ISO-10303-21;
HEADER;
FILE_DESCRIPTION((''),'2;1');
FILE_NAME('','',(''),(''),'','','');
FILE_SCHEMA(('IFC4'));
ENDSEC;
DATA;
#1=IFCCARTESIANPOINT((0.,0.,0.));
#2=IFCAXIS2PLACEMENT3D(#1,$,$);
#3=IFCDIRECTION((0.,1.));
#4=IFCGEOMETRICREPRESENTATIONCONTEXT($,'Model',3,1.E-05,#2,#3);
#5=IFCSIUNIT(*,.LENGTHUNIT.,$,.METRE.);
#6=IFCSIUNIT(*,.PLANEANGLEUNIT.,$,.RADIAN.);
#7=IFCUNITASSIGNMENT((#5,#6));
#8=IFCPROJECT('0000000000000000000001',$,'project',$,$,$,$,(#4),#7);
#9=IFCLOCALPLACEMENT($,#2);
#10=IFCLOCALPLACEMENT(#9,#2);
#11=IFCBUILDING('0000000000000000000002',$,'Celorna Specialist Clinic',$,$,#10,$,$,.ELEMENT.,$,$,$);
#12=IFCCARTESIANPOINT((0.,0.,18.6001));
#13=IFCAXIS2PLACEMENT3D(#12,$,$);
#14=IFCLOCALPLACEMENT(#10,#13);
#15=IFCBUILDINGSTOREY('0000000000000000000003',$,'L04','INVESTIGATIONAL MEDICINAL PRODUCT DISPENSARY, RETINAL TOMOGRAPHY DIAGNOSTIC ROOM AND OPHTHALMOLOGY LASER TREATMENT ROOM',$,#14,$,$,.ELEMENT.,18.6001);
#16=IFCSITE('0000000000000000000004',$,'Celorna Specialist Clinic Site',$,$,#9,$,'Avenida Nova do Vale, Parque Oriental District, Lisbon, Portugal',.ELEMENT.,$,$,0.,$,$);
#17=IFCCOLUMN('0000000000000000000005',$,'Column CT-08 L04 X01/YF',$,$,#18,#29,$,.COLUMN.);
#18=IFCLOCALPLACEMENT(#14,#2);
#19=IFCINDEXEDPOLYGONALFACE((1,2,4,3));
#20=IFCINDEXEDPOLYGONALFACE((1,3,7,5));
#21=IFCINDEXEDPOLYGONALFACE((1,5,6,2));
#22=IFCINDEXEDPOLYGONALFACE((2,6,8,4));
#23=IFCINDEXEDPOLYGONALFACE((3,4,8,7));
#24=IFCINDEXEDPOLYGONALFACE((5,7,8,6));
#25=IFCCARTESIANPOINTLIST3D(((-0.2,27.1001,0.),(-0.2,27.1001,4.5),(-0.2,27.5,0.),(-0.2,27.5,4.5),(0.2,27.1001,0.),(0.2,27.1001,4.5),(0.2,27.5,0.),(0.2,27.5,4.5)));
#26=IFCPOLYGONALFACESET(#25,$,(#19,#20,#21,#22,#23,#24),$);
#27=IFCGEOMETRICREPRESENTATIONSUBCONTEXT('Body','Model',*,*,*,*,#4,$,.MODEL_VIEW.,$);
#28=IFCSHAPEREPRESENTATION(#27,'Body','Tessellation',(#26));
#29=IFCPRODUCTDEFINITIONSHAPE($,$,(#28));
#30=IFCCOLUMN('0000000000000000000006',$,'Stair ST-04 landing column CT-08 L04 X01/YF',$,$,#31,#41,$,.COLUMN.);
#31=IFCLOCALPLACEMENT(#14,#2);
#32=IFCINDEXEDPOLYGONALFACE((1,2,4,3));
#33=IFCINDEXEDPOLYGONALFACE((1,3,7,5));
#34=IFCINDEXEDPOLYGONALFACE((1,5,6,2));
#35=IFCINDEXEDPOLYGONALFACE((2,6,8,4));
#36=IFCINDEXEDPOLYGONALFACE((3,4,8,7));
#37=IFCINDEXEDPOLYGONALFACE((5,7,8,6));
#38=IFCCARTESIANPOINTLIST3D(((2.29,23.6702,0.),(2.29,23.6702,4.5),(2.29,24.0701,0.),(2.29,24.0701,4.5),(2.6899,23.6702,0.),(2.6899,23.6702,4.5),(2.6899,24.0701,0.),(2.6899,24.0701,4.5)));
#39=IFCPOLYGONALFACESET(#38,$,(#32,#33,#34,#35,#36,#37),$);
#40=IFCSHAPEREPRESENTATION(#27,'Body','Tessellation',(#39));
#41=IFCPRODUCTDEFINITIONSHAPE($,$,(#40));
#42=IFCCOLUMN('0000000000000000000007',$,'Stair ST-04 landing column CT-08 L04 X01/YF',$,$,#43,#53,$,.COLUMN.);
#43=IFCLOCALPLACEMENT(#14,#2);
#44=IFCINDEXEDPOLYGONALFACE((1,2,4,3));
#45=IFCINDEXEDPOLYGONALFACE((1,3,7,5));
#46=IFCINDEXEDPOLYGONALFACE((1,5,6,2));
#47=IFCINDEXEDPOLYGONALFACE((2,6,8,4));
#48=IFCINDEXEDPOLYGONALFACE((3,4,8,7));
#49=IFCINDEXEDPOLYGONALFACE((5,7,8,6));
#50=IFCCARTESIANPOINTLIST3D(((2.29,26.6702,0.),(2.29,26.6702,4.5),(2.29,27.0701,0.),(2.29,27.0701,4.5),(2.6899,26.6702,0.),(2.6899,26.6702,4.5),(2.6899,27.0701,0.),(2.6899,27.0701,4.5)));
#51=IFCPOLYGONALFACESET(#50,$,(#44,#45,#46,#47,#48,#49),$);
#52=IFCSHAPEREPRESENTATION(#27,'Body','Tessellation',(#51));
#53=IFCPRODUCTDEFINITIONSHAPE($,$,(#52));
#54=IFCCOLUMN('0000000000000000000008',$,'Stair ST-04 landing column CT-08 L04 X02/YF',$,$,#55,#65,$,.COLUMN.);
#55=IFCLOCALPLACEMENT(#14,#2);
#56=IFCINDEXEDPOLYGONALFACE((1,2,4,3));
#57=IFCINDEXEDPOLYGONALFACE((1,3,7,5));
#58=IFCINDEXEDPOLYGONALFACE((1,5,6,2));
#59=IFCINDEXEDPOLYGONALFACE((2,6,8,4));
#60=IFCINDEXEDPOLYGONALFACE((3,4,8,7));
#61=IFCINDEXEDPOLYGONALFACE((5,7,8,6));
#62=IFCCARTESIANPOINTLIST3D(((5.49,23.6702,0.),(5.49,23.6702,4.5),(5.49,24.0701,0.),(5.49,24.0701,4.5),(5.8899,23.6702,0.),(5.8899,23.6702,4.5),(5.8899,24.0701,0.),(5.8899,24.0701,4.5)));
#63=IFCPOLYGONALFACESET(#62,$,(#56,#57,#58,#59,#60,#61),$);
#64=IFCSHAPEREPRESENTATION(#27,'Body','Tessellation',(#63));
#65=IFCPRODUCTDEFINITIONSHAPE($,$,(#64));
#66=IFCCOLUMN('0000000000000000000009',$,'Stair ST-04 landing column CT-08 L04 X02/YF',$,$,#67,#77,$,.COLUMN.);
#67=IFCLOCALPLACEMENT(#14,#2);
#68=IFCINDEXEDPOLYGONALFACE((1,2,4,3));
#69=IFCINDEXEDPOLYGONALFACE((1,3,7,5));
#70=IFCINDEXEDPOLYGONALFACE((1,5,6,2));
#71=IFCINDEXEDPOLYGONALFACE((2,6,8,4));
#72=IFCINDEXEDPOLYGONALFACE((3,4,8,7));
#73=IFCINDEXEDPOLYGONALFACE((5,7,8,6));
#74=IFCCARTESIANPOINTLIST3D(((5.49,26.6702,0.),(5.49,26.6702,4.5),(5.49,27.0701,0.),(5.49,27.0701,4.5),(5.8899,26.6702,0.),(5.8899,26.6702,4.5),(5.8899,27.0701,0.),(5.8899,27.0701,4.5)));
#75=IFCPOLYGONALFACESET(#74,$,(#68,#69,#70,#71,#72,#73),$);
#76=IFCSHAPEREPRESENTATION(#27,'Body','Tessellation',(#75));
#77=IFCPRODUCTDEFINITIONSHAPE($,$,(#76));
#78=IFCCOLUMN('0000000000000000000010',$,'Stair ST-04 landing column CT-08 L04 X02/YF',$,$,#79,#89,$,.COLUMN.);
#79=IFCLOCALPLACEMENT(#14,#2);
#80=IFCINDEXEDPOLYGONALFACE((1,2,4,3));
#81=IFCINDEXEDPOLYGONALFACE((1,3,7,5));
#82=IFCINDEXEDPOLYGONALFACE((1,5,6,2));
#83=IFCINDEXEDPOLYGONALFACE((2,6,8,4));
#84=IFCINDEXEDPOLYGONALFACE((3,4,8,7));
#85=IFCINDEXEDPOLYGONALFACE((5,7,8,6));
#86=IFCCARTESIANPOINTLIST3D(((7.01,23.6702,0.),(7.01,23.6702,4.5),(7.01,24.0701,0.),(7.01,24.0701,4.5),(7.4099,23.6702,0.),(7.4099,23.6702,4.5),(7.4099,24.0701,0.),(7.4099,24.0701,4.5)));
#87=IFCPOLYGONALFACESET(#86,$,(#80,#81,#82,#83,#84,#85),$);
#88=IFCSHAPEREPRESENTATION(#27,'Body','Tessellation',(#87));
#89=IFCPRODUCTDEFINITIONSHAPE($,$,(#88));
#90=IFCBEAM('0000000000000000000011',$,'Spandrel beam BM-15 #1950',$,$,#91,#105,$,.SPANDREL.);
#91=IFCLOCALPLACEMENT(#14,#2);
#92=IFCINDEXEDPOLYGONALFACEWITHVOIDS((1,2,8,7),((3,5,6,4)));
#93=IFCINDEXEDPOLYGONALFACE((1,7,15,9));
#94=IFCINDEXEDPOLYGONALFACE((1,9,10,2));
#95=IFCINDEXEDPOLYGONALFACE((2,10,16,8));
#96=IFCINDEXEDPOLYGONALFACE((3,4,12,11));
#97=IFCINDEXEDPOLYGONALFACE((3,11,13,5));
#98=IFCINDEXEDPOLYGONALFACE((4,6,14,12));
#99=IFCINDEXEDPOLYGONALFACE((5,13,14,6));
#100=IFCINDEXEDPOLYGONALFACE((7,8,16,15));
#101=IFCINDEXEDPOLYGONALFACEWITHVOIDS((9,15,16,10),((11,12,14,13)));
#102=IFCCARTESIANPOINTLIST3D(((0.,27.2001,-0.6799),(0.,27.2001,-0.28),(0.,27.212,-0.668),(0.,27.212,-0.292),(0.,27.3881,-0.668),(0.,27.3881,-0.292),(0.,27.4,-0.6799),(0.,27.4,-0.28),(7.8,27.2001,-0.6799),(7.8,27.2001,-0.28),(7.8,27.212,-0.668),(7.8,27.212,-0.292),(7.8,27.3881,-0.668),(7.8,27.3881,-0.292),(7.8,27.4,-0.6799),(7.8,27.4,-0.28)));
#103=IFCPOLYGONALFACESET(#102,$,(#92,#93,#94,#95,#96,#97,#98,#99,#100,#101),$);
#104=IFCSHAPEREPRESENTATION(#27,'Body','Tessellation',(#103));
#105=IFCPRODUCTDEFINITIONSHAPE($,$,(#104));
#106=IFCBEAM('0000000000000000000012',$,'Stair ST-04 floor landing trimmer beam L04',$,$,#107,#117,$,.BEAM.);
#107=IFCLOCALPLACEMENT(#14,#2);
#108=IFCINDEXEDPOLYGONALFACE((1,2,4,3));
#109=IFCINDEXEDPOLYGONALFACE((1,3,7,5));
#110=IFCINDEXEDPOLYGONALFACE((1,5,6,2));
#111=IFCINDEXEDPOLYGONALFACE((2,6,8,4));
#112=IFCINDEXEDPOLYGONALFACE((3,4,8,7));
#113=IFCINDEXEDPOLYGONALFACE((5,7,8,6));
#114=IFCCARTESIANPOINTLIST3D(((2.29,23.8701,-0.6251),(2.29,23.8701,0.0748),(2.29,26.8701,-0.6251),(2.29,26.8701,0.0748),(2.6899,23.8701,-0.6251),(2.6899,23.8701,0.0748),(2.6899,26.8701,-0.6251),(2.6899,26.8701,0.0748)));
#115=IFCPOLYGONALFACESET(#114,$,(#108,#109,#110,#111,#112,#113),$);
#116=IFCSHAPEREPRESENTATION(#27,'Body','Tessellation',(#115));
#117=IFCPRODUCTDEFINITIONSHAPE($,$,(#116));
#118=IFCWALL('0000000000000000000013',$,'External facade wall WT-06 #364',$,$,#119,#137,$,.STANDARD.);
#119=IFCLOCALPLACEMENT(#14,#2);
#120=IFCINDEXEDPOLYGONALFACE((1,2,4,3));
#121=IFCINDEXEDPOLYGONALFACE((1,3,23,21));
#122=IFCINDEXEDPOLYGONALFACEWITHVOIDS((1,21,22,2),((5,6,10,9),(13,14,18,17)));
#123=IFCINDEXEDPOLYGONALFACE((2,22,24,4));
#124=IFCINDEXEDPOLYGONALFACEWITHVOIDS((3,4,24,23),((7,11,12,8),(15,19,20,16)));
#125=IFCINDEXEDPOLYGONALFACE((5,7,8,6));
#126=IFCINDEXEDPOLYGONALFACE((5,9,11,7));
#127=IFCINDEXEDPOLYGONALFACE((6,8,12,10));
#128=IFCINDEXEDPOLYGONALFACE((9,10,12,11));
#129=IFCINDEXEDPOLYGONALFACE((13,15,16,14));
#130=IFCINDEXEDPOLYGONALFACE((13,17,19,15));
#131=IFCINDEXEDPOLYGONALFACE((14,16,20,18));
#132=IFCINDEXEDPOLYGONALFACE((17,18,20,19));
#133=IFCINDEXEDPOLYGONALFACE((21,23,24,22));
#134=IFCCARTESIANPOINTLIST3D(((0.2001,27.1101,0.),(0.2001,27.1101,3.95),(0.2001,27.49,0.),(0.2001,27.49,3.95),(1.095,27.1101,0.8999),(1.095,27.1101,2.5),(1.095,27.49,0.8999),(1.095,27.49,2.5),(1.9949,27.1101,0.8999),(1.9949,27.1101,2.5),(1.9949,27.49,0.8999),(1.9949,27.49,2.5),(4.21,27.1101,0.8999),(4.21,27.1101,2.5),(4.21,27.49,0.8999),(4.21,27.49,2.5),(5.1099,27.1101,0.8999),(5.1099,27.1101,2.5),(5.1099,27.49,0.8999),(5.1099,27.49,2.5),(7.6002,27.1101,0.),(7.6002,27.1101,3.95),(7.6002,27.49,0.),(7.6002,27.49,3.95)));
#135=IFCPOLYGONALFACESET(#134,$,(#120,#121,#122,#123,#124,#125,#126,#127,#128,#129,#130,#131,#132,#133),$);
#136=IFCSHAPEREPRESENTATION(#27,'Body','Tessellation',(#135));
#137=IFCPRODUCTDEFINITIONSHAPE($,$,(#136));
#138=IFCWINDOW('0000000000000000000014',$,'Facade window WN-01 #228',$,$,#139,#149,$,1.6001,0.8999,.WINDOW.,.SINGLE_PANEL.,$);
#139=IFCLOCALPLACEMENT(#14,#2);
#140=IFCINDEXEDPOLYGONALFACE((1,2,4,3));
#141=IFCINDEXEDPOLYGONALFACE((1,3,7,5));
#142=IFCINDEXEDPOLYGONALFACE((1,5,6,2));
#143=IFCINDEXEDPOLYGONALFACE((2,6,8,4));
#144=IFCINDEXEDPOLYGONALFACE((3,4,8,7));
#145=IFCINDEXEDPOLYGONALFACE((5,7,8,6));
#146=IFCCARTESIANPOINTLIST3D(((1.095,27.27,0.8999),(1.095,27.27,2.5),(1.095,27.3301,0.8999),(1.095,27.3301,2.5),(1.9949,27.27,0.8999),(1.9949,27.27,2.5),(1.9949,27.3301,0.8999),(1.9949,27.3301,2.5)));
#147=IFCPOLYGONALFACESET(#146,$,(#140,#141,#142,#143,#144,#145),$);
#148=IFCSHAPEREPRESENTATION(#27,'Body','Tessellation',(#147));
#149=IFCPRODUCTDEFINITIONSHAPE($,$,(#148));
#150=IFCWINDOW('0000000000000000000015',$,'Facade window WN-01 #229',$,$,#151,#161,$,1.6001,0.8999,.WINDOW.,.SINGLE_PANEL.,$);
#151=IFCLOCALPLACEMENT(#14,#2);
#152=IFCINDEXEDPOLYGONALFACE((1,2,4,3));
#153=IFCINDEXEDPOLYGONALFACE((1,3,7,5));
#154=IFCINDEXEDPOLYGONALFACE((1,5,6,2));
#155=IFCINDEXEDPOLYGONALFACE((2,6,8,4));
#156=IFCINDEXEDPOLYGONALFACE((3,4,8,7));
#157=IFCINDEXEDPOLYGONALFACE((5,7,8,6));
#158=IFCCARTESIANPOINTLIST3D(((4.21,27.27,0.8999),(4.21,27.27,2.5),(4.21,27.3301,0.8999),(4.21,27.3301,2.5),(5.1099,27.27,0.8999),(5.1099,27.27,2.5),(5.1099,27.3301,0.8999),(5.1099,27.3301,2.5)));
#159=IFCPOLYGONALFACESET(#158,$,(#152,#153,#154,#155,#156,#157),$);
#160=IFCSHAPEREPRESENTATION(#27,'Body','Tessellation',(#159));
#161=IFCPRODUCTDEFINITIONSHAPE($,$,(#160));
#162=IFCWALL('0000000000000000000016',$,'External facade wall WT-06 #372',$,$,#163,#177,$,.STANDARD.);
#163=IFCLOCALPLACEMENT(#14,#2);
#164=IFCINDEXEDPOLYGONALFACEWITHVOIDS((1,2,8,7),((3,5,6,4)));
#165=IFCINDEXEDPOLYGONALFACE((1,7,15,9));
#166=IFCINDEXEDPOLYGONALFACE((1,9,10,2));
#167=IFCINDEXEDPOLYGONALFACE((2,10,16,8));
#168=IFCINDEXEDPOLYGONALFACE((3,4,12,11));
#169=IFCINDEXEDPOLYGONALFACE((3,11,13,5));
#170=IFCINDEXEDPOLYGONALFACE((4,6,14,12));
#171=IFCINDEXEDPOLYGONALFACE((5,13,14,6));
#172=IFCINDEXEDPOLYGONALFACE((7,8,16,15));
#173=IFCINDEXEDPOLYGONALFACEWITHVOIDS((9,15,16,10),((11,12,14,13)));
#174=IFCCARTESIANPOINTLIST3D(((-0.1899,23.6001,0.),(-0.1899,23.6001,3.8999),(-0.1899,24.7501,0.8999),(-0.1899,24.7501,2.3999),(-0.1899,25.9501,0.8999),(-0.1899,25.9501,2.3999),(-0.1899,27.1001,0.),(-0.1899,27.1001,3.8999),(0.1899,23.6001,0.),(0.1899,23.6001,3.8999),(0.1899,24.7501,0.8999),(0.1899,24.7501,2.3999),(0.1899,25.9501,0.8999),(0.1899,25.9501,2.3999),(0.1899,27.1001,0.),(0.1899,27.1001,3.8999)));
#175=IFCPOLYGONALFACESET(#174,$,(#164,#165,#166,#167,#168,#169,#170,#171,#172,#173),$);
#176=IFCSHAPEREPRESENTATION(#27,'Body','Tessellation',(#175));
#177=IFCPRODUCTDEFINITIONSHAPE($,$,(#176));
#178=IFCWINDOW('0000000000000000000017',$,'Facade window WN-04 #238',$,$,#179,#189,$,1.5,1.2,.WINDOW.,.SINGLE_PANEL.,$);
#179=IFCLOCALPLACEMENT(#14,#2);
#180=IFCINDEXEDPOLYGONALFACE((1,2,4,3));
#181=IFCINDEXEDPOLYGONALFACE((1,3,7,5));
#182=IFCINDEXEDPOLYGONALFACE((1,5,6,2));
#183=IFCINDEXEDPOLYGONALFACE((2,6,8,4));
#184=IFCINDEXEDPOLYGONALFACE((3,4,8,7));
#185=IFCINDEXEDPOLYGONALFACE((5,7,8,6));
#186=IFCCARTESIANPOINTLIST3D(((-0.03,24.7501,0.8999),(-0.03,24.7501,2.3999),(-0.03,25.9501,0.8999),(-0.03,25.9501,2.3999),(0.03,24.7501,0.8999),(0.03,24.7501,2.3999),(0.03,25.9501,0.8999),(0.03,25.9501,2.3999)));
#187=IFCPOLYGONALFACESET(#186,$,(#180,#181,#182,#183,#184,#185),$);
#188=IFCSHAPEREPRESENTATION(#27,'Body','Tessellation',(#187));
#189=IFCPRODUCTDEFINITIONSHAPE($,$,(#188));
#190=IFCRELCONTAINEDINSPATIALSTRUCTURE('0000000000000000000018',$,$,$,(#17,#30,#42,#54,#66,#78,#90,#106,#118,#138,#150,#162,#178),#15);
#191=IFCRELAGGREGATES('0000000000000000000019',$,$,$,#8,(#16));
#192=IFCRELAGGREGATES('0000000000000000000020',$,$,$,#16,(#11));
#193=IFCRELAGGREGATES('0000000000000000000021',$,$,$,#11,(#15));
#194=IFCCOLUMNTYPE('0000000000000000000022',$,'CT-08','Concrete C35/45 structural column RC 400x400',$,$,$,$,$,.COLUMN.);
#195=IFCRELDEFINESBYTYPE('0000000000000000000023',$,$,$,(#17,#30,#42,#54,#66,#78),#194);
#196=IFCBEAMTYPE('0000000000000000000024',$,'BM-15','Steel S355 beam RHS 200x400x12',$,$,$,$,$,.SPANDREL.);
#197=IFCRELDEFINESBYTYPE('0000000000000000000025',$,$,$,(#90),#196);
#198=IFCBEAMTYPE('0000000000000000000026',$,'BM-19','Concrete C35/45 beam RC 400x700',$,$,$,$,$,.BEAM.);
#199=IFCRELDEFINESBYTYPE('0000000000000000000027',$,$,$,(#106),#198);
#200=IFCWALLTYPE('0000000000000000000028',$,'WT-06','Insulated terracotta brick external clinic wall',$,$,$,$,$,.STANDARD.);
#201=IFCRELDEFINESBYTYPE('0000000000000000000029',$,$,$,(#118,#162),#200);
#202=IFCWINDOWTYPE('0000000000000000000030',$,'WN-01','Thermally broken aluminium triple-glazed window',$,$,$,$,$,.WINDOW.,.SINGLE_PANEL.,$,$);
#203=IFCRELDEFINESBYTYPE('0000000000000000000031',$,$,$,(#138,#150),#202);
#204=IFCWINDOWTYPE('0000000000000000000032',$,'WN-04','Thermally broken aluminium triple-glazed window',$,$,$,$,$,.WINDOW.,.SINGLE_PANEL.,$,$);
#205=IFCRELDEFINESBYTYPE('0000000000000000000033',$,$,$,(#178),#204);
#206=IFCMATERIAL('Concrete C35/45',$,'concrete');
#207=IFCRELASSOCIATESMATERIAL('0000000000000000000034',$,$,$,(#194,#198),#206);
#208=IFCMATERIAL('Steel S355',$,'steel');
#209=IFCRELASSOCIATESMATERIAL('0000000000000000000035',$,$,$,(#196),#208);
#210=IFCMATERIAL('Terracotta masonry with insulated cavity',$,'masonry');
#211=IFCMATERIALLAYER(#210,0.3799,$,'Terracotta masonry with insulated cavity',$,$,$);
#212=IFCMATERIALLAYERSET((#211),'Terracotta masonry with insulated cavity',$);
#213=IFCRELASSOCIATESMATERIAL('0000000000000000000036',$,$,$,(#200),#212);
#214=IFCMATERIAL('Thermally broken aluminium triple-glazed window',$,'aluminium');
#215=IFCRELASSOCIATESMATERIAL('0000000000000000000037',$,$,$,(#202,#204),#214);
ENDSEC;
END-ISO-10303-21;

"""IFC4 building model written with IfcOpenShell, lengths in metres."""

from ifc_helpers import new_model, si_unit, direction, frame, frame_2d, origin, origin_2d, place, context, subcontext, project, spatial, rectangle, hollow_rectangle, extrude, material, layer, layer_set, material_profile, profile_set, type_object, element, fill, save


model = new_model("IFC4")

# Units and contexts
model_context = context("Model", 3, precision=1e-05, world=origin(), true_north=direction((0.0, 1.0)))
body_context = subcontext(model_context, "Body", "Model", "MODEL_VIEW")
ifc_project = project(units=[si_unit("LENGTHUNIT", "METRE"), si_unit("PLANEANGLEUNIT", "RADIAN")], contexts=[model_context])

# Site, building, storey
site_placement = place(None, origin())
site = spatial("IfcSite", under=ifc_project, at=site_placement, Name="Celorna Specialist Clinic Site", LongName="Avenida Nova do Vale, Parque Oriental District, Lisbon, Portugal", CompositionType="ELEMENT", RefElevation=0.0)
building_placement = place(site_placement, origin())
building = spatial("IfcBuilding", under=site, at=building_placement, Name="Celorna Specialist Clinic", CompositionType="ELEMENT")
storey_placement = place(building_placement, frame((0.0, 0.0, 18.6001)))
storey = spatial("IfcBuildingStorey", under=building, at=storey_placement, Name="L04", Description="INVESTIGATIONAL MEDICINAL PRODUCT DISPENSARY, RETINAL TOMOGRAPHY DIAGNOSTIC ROOM AND OPHTHALMOLOGY LASER TREATMENT ROOM", CompositionType="ELEMENT", Elevation=18.6001)

# Columns
ifc_material_1 = material(Name="Concrete C35/45", Category="concrete")
ifc_material_profile_1 = material_profile(ifc_material_1, rectangle(XDim=0.3999, YDim=0.3999, at=origin_2d()), Name="RC 400x400")
ifc_profile_set_1 = profile_set([ifc_material_profile_1], Name="Concrete C35/45")
column_type = type_object("IfcColumnType", Name="CT-08", Description="Concrete C35/45 structural column RC 400x400", PredefinedType="COLUMN", material=ifc_profile_set_1)
for number, where, z_axis, x_axis, name in (
    (1, (0.0, 27.3, 0.0), (0.0, 0.0, 1.0), (1.0, 0.0, 0.0), "Column CT-08 L04 X01/YF"),
    (2, (2.49, 23.8701, 0.0), (0.0, 0.0, 1.0), (1.0, 0.0, 0.0), "Stair ST-04 landing column CT-08 L04 X01/YF"),
    (3, (2.49, 26.8701, 0.0), (0.0, 0.0, 1.0), (1.0, 0.0, 0.0), "Stair ST-04 landing column CT-08 L04 X01/YF"),
    (4, (5.6899, 23.8701, 0.0), (0.0, 0.0, 1.0), (1.0, 0.0, 0.0), "Stair ST-04 landing column CT-08 L04 X02/YF"),
    (5, (5.6899, 26.8701, 0.0), (0.0, 0.0, 1.0), (1.0, 0.0, 0.0), "Stair ST-04 landing column CT-08 L04 X02/YF"),
    (6, (7.21, 23.8701, 0.0), (0.0, 0.0, 1.0), (1.0, 0.0, 0.0), "Stair ST-04 landing column CT-08 L04 X02/YF"),
):
    element("IfcColumn", number, at=place(storey_placement, frame(where, z_axis=z_axis, x_axis=x_axis)), inside=storey, type_object=column_type, Name=name, PredefinedType="COLUMN", context=body_context, shape_type="SweptSolid", body=[
        extrude(rectangle(XDim=0.3999, YDim=0.3999, at=origin_2d()), origin(), (0.0, 0.0, 1.0), 4.5),
    ])

# Beams
ifc_material_2 = material(Name="Steel S355", Category="steel")
ifc_material_profile_2 = material_profile(ifc_material_2, hollow_rectangle(XDim=0.2, YDim=0.3999, WallThickness=0.012, at=origin_2d()), Name="RHS 200x400x12")
ifc_profile_set_2 = profile_set([ifc_material_profile_2], Name="Steel S355")
beam_type_1 = type_object("IfcBeamType", Name="BM-15", Description="Steel S355 beam RHS 200x400x12", PredefinedType="SPANDREL", material=ifc_profile_set_2)
beam_1_placement = place(storey_placement, frame((0.0, 27.3, -0.48), z_axis=(1.0, 0.0, 0.0), x_axis=(0.0, 1.0, 0.0)))
element("IfcBeam", 7, at=beam_1_placement, inside=storey, type_object=beam_type_1, Name="Spandrel beam BM-15 #1950", PredefinedType="SPANDREL", context=body_context, shape_type="SweptSolid", body=[
    extrude(hollow_rectangle(XDim=0.2, YDim=0.3999, WallThickness=0.012, at=origin_2d()), origin(), (0.0, 0.0, 1.0), 7.8),
])
ifc_material_profile_3 = material_profile(ifc_material_1, rectangle(XDim=0.3999, YDim=0.7, at=origin_2d()), Name="RC 400x700")
ifc_profile_set_3 = profile_set([ifc_material_profile_3], Name="Concrete C35/45")
beam_type_2 = type_object("IfcBeamType", Name="BM-19", Description="Concrete C35/45 beam RC 400x700", PredefinedType="BEAM", material=ifc_profile_set_3)
beam_2_placement = place(storey_placement, frame((2.49, 23.8701, -0.2751), z_axis=(0.0, 1.0, 0.0), x_axis=(-1.0, 0.0, 0.0)))
element("IfcBeam", 8, at=beam_2_placement, inside=storey, type_object=beam_type_2, Name="Stair ST-04 floor landing trimmer beam L04", PredefinedType="BEAM", context=body_context, shape_type="SweptSolid", body=[
    extrude(rectangle(XDim=0.3999, YDim=0.7, at=origin_2d()), origin(), (0.0, 0.0, 1.0), 3.0),
])

# Wall, openings, windows
ifc_material_3 = material(Name="Terracotta masonry with insulated cavity", Category="masonry")
ifc_layer_1 = layer(ifc_material_3, 0.3799, Name="Terracotta masonry with insulated cavity")
ifc_layer_set_1 = layer_set([ifc_layer_1], Name="Terracotta masonry with insulated cavity")
wall_type_1 = type_object("IfcWallType", Name="WT-06", Description="Insulated terracotta brick external clinic wall", PredefinedType="STANDARD", material=ifc_layer_set_1)
wall_1_placement = place(storey_placement, frame((0.2, 27.3, 0.0), z_axis=(0.0, 0.0, 1.0), x_axis=(1.0, 0.0, 0.0)))
wall_1 = element("IfcWall", 9, at=wall_1_placement, inside=storey, type_object=wall_type_1, Name="External facade wall WT-06 #364", PredefinedType="STANDARD", context=body_context, shape_type="SweptSolid", body=[
    extrude(rectangle(XDim=7.4001, YDim=0.3799, at=frame_2d((3.7002, 0.0))), origin(), (0.0, 0.0, 1.0), 3.95),
])
opening_1_placement = place(wall_1_placement, frame((0.895, 0.0, 0.8999)))
opening_1 = element("IfcOpeningElement", 10, at=opening_1_placement, cuts=wall_1, PredefinedType="OPENING", context=body_context, shape_type="SweptSolid", body=[
    extrude(rectangle(XDim=0.8999, YDim=1.6001, at=frame_2d((0.45, 0.8))), frame((0.0, 0.2, 0.0), z_axis=(0.0, -1.0, 0.0), x_axis=(1.0, 0.0, 0.0)), (0.0, 0.0, 1.0), 0.3999),
])
opening_2_placement = place(wall_1_placement, frame((4.01, 0.0, 0.8999)))
opening_2 = element("IfcOpeningElement", 11, at=opening_2_placement, cuts=wall_1, PredefinedType="OPENING", context=body_context, shape_type="SweptSolid", body=[
    extrude(rectangle(XDim=0.8999, YDim=1.6001, at=frame_2d((0.45, 0.8))), frame((0.0, 0.2, 0.0), z_axis=(0.0, -1.0, 0.0), x_axis=(1.0, 0.0, 0.0)), (0.0, 0.0, 1.0), 0.3999),
])
ifc_material_4 = material(Name="Thermally broken aluminium triple-glazed window", Category="aluminium")
window_type_1 = type_object("IfcWindowType", Name="WN-01", Description="Thermally broken aluminium triple-glazed window", PartitioningType="SINGLE_PANEL", PredefinedType="WINDOW", material=ifc_material_4)
window_1_placement = place(opening_1_placement, origin())
window_1 = element("IfcWindow", 12, at=window_1_placement, inside=storey, type_object=window_type_1, Name="Facade window WN-01 #228", OverallHeight=1.6001, OverallWidth=0.8999, PartitioningType="SINGLE_PANEL", PredefinedType="WINDOW", context=body_context, shape_type="SweptSolid", body=[
    extrude(rectangle(XDim=0.8999, YDim=1.6001, at=frame_2d((0.45, 0.8))), frame((0.0, 0.03, 0.0), z_axis=(0.0, -1.0, 0.0), x_axis=(1.0, 0.0, 0.0)), (0.0, 0.0, 1.0), 0.0601),
])
fill(opening_1, window_1)
window_2_placement = place(opening_2_placement, origin())
window_2 = element("IfcWindow", 13, at=window_2_placement, inside=storey, type_object=window_type_1, Name="Facade window WN-01 #229", OverallHeight=1.6001, OverallWidth=0.8999, PartitioningType="SINGLE_PANEL", PredefinedType="WINDOW", context=body_context, shape_type="SweptSolid", body=[
    extrude(rectangle(XDim=0.8999, YDim=1.6001, at=frame_2d((0.45, 0.8))), frame((0.0, 0.03, 0.0), z_axis=(0.0, -1.0, 0.0), x_axis=(1.0, 0.0, 0.0)), (0.0, 0.0, 1.0), 0.0601),
])
fill(opening_2, window_2)

# Wall, opening, window
wall_2_placement = place(storey_placement, frame((0.0, 23.6001, 0.0), z_axis=(0.0, 0.0, 1.0), x_axis=(0.0, 1.0, 0.0)))
wall_2 = element("IfcWall", 14, at=wall_2_placement, inside=storey, type_object=wall_type_1, Name="External facade wall WT-06 #372", PredefinedType="STANDARD", context=body_context, shape_type="SweptSolid", body=[
    extrude(rectangle(XDim=3.5, YDim=0.3799, at=frame_2d((1.75, 0.0))), origin(), (0.0, 0.0, 1.0), 3.8999),
])
opening_3_placement = place(wall_2_placement, frame((1.1499, 0.0, 0.8999)))
opening_3 = element("IfcOpeningElement", 15, at=opening_3_placement, cuts=wall_2, PredefinedType="OPENING", context=body_context, shape_type="SweptSolid", body=[
    extrude(rectangle(XDim=1.2, YDim=1.5, at=frame_2d((0.6001, 0.75))), frame((0.0, 0.2, 0.0), z_axis=(0.0, -1.0, 0.0), x_axis=(1.0, 0.0, 0.0)), (0.0, 0.0, 1.0), 0.3999),
])
window_type_2 = type_object("IfcWindowType", Name="WN-04", Description="Thermally broken aluminium triple-glazed window", PartitioningType="SINGLE_PANEL", PredefinedType="WINDOW", material=ifc_material_4)
window_3_placement = place(opening_3_placement, origin())
window_3 = element("IfcWindow", 16, at=window_3_placement, inside=storey, type_object=window_type_2, Name="Facade window WN-04 #238", OverallHeight=1.5, OverallWidth=1.2, PartitioningType="SINGLE_PANEL", PredefinedType="WINDOW", context=body_context, shape_type="SweptSolid", body=[
    extrude(rectangle(XDim=1.2, YDim=1.5, at=frame_2d((0.6001, 0.75))), frame((0.0, 0.03, 0.0), z_axis=(0.0, -1.0, 0.0), x_axis=(1.0, 0.0, 0.0)), (0.0, 0.0, 1.0), 0.0601),
])
fill(opening_3, window_3)

save(model, "model.ifc")
